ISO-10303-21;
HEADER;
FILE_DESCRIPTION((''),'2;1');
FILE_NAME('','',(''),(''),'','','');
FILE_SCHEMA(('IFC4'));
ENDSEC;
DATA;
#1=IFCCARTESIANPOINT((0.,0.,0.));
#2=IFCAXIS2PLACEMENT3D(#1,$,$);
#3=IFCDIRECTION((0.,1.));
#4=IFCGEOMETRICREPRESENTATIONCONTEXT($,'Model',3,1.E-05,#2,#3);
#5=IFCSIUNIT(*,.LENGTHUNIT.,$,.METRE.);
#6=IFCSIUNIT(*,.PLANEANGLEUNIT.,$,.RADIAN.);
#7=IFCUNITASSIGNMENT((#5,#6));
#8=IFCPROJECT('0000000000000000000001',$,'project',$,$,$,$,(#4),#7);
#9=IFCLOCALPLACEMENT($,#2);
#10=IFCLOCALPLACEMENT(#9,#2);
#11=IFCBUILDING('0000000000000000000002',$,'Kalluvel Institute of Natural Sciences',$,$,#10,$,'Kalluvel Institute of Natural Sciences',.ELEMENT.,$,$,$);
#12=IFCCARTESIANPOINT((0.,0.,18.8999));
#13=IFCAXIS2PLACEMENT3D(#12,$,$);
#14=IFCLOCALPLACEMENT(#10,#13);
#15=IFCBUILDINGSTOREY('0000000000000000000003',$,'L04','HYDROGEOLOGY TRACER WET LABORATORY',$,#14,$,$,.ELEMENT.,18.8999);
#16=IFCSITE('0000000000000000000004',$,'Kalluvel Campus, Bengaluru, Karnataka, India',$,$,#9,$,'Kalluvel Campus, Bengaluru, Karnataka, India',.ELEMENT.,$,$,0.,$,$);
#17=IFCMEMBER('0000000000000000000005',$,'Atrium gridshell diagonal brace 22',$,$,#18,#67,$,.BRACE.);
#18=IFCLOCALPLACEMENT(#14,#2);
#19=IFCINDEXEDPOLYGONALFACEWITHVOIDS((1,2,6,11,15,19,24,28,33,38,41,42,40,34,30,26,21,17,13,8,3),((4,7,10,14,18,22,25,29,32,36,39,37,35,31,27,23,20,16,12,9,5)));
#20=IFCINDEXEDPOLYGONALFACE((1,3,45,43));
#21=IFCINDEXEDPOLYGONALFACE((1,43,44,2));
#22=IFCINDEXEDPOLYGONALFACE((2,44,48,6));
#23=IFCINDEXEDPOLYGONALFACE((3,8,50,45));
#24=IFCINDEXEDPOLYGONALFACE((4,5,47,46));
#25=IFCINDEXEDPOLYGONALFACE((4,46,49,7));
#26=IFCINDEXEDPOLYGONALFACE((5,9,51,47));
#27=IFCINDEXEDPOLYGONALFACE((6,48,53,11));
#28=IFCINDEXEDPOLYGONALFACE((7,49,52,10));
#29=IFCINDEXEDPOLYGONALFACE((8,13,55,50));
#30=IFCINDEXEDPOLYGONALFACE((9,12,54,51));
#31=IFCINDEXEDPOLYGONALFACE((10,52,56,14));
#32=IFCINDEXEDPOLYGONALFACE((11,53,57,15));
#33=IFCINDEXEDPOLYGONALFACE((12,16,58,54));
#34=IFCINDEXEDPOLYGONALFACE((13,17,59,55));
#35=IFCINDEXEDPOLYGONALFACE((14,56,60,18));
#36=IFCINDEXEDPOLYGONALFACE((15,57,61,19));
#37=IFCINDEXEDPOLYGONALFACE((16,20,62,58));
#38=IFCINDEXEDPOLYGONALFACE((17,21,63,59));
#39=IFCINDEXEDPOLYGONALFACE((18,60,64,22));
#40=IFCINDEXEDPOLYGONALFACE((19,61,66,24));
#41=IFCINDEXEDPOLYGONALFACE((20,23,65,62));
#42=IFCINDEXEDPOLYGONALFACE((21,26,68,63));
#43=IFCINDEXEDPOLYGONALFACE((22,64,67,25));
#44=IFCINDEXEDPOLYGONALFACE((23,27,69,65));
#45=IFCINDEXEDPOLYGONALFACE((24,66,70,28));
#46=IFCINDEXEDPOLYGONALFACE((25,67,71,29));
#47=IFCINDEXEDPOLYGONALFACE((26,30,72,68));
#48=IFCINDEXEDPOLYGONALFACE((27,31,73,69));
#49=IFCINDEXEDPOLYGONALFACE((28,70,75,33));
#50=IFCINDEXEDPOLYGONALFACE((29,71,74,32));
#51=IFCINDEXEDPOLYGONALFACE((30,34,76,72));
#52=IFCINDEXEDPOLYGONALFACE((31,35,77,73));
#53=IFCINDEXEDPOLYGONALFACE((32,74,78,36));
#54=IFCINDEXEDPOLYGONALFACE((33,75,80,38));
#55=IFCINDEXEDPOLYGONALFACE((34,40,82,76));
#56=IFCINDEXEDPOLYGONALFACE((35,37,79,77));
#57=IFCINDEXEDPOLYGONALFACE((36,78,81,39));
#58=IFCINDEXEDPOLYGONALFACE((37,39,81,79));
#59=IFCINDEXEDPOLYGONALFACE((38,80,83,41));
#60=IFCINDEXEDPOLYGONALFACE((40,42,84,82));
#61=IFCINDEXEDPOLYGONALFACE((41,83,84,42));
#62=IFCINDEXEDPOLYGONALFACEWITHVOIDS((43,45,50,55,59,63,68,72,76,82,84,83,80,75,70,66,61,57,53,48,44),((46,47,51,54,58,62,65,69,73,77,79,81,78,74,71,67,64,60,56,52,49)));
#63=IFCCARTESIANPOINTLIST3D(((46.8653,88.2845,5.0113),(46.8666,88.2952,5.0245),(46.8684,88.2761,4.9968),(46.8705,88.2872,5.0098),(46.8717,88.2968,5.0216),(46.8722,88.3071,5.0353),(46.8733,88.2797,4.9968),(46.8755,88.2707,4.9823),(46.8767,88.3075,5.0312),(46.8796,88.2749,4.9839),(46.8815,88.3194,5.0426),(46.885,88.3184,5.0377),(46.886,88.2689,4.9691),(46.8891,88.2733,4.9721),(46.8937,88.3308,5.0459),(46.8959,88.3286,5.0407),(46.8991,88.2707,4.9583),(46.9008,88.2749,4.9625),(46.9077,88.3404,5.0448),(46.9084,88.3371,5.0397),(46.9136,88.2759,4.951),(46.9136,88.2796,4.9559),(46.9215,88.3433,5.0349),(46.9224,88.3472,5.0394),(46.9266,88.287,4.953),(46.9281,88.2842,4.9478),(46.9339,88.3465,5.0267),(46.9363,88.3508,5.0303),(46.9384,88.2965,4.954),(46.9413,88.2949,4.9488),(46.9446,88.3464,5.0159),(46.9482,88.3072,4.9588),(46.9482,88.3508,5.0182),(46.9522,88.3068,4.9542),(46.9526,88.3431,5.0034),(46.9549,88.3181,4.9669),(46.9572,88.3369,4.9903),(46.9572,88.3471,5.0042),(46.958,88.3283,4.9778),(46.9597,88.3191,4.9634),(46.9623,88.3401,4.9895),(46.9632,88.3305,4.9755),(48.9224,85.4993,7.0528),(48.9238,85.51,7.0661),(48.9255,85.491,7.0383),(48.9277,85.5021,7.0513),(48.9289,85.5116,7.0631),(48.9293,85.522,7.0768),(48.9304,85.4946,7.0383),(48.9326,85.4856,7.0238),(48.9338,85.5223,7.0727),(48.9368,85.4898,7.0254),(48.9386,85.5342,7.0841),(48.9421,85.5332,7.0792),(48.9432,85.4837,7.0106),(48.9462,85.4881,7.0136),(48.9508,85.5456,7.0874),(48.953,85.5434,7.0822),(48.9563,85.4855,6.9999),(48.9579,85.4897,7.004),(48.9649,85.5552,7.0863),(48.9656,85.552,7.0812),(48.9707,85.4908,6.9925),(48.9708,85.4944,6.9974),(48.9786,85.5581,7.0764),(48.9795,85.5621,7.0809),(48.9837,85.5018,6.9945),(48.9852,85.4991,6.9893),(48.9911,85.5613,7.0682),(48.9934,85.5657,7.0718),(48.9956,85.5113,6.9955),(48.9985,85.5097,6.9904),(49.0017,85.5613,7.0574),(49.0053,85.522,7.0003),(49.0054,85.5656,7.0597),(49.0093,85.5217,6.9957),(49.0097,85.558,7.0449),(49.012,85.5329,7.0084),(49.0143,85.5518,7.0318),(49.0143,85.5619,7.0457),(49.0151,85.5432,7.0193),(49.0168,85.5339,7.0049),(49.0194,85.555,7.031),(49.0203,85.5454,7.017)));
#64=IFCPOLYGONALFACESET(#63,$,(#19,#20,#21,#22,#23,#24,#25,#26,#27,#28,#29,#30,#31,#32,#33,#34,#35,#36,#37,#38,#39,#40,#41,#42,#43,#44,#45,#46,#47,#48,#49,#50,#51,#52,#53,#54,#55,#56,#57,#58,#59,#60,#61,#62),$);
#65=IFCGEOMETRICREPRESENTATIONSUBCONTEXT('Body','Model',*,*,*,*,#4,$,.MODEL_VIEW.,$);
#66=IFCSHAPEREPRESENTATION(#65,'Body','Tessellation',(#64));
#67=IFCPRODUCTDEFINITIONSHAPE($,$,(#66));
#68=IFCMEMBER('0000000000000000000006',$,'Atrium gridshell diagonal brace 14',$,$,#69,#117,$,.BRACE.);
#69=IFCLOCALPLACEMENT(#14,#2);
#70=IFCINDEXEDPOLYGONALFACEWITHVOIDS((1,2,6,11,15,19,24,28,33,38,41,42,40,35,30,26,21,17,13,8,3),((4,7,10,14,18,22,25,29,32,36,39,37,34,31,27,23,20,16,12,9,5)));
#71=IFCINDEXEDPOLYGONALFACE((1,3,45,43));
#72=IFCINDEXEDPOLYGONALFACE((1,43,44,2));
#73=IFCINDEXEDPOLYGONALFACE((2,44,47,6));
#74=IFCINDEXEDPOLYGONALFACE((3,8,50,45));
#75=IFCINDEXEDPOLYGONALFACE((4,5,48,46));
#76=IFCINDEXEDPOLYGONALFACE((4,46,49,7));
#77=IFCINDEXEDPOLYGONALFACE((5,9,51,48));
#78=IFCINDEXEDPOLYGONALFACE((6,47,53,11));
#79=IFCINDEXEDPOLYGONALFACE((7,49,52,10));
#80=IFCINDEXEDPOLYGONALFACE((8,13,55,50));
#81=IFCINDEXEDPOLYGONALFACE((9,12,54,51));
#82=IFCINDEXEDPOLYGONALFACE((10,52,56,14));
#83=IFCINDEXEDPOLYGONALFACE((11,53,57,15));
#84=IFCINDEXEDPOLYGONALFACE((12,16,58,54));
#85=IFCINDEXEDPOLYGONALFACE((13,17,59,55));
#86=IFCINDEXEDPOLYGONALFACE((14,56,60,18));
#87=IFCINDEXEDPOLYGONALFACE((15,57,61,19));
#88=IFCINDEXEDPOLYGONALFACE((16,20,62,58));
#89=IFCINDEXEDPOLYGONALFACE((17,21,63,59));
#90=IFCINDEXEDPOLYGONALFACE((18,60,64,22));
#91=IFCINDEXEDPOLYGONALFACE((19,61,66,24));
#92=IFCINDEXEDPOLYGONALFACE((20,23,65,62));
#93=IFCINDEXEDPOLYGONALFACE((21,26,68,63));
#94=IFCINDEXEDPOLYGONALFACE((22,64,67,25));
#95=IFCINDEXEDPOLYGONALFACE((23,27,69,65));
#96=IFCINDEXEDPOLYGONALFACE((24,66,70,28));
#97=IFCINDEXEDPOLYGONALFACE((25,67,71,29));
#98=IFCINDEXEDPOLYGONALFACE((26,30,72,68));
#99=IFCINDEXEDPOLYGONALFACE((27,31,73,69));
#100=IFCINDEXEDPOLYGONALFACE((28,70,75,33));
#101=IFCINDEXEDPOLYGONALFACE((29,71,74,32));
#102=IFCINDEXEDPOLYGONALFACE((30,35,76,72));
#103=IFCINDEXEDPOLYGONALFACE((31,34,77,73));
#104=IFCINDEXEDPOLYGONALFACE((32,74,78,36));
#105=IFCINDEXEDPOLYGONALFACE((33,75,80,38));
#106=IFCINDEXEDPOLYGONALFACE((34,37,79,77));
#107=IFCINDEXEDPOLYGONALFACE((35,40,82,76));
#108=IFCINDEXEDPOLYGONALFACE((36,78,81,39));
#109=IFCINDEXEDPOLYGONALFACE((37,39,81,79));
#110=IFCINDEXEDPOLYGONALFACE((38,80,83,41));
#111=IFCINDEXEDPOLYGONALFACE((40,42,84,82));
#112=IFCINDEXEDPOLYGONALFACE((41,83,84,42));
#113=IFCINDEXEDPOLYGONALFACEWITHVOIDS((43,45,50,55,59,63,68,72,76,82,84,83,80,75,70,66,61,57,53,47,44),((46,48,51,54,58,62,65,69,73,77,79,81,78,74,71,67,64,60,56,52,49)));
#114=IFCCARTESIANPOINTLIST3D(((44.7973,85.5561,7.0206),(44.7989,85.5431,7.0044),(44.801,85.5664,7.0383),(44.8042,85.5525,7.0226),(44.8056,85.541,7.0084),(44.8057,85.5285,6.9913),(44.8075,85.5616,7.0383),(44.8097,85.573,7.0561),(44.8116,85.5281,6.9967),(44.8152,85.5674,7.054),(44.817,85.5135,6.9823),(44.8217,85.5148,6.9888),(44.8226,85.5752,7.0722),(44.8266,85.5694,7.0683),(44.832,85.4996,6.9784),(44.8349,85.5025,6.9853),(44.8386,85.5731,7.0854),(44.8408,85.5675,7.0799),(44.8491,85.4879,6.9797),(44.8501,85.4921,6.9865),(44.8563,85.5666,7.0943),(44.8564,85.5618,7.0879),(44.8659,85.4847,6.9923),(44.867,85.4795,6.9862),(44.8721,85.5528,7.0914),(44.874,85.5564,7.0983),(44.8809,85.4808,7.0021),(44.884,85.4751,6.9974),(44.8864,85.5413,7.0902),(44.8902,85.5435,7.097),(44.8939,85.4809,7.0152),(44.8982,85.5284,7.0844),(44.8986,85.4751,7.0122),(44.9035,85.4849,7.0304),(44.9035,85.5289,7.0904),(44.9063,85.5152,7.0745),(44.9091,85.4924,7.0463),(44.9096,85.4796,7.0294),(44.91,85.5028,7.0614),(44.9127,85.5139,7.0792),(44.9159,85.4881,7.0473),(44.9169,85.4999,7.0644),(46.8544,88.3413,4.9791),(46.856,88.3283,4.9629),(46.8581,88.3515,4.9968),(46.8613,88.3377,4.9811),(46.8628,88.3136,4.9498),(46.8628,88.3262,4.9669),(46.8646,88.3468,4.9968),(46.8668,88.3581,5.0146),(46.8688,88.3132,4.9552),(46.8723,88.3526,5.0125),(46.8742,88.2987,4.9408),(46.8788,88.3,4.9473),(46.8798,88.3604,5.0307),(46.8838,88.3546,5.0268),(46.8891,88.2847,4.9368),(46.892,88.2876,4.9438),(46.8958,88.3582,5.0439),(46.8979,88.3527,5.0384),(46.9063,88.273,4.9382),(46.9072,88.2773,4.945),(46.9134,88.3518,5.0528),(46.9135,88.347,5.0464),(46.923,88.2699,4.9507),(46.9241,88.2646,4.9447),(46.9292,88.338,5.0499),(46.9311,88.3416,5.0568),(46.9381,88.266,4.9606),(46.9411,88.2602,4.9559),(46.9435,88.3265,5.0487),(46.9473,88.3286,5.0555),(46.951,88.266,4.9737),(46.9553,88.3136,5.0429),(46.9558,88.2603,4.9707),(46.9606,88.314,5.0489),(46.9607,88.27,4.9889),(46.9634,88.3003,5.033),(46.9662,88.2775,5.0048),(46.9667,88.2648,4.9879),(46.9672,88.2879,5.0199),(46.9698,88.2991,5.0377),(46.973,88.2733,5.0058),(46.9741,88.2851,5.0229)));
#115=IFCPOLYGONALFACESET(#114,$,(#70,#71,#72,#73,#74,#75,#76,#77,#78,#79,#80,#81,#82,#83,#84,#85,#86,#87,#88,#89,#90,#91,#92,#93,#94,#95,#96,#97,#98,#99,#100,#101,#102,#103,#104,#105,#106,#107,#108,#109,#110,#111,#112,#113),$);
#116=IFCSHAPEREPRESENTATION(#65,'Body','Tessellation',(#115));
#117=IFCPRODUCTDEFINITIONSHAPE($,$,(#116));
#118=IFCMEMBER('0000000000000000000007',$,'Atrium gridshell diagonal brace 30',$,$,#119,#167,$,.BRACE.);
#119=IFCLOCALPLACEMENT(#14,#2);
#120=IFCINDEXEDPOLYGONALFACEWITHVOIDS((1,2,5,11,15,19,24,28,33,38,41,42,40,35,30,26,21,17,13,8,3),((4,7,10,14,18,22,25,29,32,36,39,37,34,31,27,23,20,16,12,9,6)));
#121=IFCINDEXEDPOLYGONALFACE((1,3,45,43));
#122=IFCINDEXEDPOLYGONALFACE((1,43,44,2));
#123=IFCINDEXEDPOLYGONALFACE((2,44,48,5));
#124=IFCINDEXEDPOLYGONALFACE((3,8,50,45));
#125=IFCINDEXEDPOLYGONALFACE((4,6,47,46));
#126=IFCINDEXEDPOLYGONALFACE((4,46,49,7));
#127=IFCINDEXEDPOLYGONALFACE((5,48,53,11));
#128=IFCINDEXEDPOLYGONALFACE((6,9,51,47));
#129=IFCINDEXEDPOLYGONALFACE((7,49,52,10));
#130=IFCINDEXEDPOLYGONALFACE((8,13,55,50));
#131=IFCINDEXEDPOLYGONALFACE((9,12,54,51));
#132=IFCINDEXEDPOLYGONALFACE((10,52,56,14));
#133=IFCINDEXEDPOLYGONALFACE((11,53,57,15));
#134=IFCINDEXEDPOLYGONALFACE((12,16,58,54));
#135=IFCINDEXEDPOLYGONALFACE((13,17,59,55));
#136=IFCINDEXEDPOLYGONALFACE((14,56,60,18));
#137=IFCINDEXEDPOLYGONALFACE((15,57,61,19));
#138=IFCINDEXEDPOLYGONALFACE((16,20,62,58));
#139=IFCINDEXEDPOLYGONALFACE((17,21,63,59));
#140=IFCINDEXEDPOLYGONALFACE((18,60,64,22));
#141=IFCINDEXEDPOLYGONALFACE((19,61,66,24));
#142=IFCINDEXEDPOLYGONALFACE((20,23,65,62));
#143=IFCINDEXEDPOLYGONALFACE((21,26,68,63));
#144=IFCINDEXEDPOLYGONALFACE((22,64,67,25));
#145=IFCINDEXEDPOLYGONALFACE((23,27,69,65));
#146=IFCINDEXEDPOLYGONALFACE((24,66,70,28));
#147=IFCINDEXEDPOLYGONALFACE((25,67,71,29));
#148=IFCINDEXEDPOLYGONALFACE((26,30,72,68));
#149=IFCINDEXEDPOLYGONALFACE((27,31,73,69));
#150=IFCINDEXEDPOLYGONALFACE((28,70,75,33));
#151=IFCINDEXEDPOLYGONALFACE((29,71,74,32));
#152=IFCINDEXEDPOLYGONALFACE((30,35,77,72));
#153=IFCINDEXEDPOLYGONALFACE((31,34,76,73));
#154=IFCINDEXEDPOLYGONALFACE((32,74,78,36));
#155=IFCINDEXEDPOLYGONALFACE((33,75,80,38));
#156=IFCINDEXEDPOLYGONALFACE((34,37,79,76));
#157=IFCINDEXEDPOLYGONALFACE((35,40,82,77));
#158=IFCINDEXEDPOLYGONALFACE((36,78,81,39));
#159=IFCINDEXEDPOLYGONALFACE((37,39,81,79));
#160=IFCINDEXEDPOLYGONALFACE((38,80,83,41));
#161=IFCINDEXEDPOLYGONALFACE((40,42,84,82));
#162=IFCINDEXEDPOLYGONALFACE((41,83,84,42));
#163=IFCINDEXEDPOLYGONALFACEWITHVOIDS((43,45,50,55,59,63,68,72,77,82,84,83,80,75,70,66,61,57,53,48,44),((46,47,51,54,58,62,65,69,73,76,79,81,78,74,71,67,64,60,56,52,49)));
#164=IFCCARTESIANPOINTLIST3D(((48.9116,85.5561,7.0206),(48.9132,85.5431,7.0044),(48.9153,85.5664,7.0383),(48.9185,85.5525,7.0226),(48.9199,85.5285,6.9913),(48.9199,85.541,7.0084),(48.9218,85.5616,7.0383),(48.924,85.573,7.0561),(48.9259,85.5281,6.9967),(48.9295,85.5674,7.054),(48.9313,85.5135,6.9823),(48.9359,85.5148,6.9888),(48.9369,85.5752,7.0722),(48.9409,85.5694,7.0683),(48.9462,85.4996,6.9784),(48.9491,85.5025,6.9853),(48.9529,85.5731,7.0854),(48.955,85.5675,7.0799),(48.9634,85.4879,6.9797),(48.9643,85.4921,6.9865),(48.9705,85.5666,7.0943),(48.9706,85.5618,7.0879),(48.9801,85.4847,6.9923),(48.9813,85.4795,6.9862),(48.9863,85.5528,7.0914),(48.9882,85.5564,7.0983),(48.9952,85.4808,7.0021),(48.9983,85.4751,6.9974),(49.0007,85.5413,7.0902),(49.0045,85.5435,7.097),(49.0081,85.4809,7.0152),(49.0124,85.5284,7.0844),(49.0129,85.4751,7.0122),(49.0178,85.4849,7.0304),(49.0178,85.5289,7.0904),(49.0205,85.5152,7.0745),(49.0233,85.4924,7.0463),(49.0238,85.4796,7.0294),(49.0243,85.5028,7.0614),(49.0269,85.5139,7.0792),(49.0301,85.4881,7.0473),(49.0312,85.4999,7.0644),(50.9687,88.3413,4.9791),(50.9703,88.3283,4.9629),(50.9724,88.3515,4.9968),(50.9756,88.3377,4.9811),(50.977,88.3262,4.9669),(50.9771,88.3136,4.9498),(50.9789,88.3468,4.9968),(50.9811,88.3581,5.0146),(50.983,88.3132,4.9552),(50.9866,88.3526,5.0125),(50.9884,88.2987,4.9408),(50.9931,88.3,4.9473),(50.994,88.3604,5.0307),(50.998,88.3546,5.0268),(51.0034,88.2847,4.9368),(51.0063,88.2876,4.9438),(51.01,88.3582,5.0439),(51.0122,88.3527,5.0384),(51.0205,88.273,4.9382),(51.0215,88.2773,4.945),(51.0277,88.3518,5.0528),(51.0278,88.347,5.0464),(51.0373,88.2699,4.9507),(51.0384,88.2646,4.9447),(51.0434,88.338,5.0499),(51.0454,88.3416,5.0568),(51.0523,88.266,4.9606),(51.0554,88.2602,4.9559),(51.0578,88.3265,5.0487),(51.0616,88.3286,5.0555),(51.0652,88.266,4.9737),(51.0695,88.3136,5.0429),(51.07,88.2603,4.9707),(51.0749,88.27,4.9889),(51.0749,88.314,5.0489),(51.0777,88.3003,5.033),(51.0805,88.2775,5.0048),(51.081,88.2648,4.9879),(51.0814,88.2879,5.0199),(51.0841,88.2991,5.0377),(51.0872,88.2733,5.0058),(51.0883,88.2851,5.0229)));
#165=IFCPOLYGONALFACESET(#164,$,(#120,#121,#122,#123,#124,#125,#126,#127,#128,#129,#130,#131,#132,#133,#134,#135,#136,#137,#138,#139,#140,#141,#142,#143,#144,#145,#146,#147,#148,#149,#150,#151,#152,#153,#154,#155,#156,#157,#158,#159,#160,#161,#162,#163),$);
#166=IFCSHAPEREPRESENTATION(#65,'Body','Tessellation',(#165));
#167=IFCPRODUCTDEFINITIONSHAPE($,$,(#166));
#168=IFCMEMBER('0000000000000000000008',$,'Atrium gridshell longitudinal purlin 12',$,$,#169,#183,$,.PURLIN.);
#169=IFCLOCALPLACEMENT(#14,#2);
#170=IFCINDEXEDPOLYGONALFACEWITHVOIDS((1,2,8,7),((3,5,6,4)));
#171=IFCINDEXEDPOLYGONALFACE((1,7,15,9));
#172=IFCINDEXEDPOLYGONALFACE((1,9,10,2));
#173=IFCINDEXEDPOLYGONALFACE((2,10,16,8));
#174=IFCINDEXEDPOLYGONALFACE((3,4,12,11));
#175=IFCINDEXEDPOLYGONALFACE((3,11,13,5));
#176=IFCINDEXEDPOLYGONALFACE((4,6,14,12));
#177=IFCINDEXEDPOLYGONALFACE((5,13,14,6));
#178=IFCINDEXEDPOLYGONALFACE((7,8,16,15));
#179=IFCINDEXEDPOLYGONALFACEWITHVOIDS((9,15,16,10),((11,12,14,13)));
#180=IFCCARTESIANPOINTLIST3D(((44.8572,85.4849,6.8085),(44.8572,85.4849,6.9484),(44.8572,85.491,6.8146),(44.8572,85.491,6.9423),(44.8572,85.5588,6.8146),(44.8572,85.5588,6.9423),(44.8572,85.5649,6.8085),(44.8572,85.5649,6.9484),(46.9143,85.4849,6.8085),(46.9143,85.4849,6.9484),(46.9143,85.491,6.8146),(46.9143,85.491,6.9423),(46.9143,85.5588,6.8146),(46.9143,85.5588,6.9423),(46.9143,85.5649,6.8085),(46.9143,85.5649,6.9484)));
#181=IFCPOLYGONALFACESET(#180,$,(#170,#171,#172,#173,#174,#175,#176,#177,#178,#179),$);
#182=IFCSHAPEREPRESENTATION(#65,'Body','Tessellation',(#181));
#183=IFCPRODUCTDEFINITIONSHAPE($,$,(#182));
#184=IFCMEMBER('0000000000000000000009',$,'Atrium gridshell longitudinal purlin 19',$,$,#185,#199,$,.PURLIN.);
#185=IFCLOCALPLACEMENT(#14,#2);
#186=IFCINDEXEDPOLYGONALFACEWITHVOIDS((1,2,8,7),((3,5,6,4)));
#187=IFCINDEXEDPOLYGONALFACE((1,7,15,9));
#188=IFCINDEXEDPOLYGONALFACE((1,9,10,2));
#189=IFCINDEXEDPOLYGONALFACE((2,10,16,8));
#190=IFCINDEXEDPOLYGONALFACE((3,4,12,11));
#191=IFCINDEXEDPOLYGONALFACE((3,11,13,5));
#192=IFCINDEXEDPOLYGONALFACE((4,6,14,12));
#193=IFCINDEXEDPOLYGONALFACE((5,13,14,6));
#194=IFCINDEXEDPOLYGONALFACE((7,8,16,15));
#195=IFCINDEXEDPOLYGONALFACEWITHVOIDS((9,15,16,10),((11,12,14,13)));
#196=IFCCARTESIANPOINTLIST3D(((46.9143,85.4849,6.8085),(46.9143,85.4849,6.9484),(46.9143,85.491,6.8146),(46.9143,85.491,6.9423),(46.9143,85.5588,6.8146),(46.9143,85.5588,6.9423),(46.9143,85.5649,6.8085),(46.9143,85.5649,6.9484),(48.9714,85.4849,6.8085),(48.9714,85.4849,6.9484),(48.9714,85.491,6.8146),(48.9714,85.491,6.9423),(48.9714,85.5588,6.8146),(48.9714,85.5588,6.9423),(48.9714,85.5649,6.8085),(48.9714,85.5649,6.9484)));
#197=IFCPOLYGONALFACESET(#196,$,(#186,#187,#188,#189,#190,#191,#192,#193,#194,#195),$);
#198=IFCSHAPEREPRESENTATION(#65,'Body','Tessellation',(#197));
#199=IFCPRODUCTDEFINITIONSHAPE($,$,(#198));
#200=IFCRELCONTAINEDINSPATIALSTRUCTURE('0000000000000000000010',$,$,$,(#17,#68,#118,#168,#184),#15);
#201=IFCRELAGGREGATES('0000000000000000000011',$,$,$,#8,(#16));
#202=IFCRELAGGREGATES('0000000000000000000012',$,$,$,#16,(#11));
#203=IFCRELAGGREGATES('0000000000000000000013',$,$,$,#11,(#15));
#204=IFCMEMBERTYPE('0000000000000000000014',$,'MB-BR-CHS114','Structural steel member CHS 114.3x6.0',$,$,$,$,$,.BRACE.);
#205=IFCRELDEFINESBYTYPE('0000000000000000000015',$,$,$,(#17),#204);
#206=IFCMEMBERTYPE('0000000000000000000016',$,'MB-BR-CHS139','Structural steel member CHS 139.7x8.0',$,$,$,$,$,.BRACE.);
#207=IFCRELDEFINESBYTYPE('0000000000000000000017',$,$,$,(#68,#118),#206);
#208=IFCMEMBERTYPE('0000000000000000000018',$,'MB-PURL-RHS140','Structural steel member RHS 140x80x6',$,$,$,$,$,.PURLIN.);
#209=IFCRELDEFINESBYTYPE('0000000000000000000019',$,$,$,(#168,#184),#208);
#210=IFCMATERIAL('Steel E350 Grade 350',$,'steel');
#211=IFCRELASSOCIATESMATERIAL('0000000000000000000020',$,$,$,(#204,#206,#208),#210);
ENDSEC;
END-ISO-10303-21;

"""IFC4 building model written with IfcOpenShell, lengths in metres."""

from ifc_helpers import new_model, si_unit, direction, frame, origin, origin_2d, place, context, subcontext, project, spatial, hollow_rectangle, hollow_circle, extrude, material, material_profile, profile_set, type_object, element, save


model = new_model("IFC4")

# Units and contexts
model_context = context("Model", 3, precision=1e-05, world=origin(), true_north=direction((0.0, 1.0)))
body_context = subcontext(model_context, "Body", "Model", "MODEL_VIEW")
ifc_project = project(units=[si_unit("LENGTHUNIT", "METRE"), si_unit("PLANEANGLEUNIT", "RADIAN")], contexts=[model_context])

# Site, building, storey
site_placement = place(None, origin())
site = spatial("IfcSite", under=ifc_project, at=site_placement, Name="Kalluvel Campus, Bengaluru, Karnataka, India", LongName="Kalluvel Campus, Bengaluru, Karnataka, India", CompositionType="ELEMENT", RefElevation=0.0)
building_placement = place(site_placement, origin())
building = spatial("IfcBuilding", under=site, at=building_placement, Name="Kalluvel Institute of Natural Sciences", LongName="Kalluvel Institute of Natural Sciences", CompositionType="ELEMENT")
storey_placement = place(building_placement, frame((0.0, 0.0, 18.8999)))
storey = spatial("IfcBuildingStorey", under=building, at=storey_placement, Name="L04", Description="HYDROGEOLOGY TRACER WET LABORATORY", CompositionType="ELEMENT", Elevation=18.8999)

# Members
ifc_material_1 = material(Name="Steel E350 Grade 350", Category="steel")
ifc_material_profile_1 = material_profile(ifc_material_1, hollow_circle(Radius=0.0571, WallThickness=0.0061, at=origin_2d()), Name="CHS 114.3x6.0")
ifc_profile_set_1 = profile_set([ifc_material_profile_1], Name="Steel E350 Grade 350")
member_type_1 = type_object("IfcMemberType", Name="MB-BR-CHS114", Description="Structural steel member CHS 114.3x6.0", PredefinedType="BRACE", material=ifc_profile_set_1)
for number, where, z_axis, x_axis, name in (
    (1, (48.9714, 85.5249, 7.0383), (-0.511784, 0.692906, -0.507896), (-0.804378, -0.594117, 0.0), "Atrium gridshell diagonal brace 22"),
):
    element("IfcMember", number, at=place(storey_placement, frame(where, z_axis=z_axis, x_axis=x_axis)), inside=storey, type_object=member_type_1, Name=name, PredefinedType="BRACE", context=body_context, shape_type="SweptSolid", body=[
        extrude(hollow_circle(Radius=0.0571, WallThickness=0.0061, at=origin_2d()), origin(), (0.0, 0.0, 1.0), 4.0195),
    ])
ifc_material_profile_2 = material_profile(ifc_material_1, hollow_circle(Radius=0.0698, WallThickness=0.0081, at=origin_2d()), Name="CHS 139.7x8.0")
ifc_profile_set_2 = profile_set([ifc_material_profile_2], Name="Steel E350 Grade 350")
member_type_2 = type_object("IfcMemberType", Name="MB-BR-CHS139", Description="Structural steel member CHS 139.7x8.0", PredefinedType="BRACE", material=ifc_profile_set_2)
for number, where, z_axis, x_axis, name in (
    (2, (44.8572, 85.5249, 7.0383), (0.511784, 0.692906, -0.507896), (-0.804378, 0.594117, 0.0), "Atrium gridshell diagonal brace 14"),
    (3, (48.9714, 85.5249, 7.0383), (0.511784, 0.692906, -0.507896), (-0.804378, 0.594117, 0.0), "Atrium gridshell diagonal brace 30"),
):
    element("IfcMember", number, at=place(storey_placement, frame(where, z_axis=z_axis, x_axis=x_axis)), inside=storey, type_object=member_type_2, Name=name, PredefinedType="BRACE", context=body_context, shape_type="SweptSolid", body=[
        extrude(hollow_circle(Radius=0.0698, WallThickness=0.0081, at=origin_2d()), origin(), (0.0, 0.0, 1.0), 4.0195),
    ])
ifc_material_profile_3 = material_profile(ifc_material_1, hollow_rectangle(XDim=0.0801, YDim=0.1399, WallThickness=0.0061, at=origin_2d()), Name="RHS 140x80x6")
ifc_profile_set_3 = profile_set([ifc_material_profile_3], Name="Steel E350 Grade 350")
member_type_3 = type_object("IfcMemberType", Name="MB-PURL-RHS140", Description="Structural steel member RHS 140x80x6", PredefinedType="PURLIN", material=ifc_profile_set_3)
for number, where, z_axis, x_axis, name in (
    (4, (44.8572, 85.5249, 6.8784), (1.0, 0.0, 0.0), (0.0, 1.0, 0.0), "Atrium gridshell longitudinal purlin 12"),
    (5, (46.9143, 85.5249, 6.8784), (1.0, 0.0, 0.0), (0.0, 1.0, 0.0), "Atrium gridshell longitudinal purlin 19"),
):
    element("IfcMember", number, at=place(storey_placement, frame(where, z_axis=z_axis, x_axis=x_axis)), inside=storey, type_object=member_type_3, Name=name, PredefinedType="PURLIN", context=body_context, shape_type="SweptSolid", body=[
        extrude(hollow_rectangle(XDim=0.0801, YDim=0.1399, WallThickness=0.0061, at=origin_2d()), origin(), (0.0, 0.0, 1.0), 2.0571),
    ])

save(model, "model.ifc")
